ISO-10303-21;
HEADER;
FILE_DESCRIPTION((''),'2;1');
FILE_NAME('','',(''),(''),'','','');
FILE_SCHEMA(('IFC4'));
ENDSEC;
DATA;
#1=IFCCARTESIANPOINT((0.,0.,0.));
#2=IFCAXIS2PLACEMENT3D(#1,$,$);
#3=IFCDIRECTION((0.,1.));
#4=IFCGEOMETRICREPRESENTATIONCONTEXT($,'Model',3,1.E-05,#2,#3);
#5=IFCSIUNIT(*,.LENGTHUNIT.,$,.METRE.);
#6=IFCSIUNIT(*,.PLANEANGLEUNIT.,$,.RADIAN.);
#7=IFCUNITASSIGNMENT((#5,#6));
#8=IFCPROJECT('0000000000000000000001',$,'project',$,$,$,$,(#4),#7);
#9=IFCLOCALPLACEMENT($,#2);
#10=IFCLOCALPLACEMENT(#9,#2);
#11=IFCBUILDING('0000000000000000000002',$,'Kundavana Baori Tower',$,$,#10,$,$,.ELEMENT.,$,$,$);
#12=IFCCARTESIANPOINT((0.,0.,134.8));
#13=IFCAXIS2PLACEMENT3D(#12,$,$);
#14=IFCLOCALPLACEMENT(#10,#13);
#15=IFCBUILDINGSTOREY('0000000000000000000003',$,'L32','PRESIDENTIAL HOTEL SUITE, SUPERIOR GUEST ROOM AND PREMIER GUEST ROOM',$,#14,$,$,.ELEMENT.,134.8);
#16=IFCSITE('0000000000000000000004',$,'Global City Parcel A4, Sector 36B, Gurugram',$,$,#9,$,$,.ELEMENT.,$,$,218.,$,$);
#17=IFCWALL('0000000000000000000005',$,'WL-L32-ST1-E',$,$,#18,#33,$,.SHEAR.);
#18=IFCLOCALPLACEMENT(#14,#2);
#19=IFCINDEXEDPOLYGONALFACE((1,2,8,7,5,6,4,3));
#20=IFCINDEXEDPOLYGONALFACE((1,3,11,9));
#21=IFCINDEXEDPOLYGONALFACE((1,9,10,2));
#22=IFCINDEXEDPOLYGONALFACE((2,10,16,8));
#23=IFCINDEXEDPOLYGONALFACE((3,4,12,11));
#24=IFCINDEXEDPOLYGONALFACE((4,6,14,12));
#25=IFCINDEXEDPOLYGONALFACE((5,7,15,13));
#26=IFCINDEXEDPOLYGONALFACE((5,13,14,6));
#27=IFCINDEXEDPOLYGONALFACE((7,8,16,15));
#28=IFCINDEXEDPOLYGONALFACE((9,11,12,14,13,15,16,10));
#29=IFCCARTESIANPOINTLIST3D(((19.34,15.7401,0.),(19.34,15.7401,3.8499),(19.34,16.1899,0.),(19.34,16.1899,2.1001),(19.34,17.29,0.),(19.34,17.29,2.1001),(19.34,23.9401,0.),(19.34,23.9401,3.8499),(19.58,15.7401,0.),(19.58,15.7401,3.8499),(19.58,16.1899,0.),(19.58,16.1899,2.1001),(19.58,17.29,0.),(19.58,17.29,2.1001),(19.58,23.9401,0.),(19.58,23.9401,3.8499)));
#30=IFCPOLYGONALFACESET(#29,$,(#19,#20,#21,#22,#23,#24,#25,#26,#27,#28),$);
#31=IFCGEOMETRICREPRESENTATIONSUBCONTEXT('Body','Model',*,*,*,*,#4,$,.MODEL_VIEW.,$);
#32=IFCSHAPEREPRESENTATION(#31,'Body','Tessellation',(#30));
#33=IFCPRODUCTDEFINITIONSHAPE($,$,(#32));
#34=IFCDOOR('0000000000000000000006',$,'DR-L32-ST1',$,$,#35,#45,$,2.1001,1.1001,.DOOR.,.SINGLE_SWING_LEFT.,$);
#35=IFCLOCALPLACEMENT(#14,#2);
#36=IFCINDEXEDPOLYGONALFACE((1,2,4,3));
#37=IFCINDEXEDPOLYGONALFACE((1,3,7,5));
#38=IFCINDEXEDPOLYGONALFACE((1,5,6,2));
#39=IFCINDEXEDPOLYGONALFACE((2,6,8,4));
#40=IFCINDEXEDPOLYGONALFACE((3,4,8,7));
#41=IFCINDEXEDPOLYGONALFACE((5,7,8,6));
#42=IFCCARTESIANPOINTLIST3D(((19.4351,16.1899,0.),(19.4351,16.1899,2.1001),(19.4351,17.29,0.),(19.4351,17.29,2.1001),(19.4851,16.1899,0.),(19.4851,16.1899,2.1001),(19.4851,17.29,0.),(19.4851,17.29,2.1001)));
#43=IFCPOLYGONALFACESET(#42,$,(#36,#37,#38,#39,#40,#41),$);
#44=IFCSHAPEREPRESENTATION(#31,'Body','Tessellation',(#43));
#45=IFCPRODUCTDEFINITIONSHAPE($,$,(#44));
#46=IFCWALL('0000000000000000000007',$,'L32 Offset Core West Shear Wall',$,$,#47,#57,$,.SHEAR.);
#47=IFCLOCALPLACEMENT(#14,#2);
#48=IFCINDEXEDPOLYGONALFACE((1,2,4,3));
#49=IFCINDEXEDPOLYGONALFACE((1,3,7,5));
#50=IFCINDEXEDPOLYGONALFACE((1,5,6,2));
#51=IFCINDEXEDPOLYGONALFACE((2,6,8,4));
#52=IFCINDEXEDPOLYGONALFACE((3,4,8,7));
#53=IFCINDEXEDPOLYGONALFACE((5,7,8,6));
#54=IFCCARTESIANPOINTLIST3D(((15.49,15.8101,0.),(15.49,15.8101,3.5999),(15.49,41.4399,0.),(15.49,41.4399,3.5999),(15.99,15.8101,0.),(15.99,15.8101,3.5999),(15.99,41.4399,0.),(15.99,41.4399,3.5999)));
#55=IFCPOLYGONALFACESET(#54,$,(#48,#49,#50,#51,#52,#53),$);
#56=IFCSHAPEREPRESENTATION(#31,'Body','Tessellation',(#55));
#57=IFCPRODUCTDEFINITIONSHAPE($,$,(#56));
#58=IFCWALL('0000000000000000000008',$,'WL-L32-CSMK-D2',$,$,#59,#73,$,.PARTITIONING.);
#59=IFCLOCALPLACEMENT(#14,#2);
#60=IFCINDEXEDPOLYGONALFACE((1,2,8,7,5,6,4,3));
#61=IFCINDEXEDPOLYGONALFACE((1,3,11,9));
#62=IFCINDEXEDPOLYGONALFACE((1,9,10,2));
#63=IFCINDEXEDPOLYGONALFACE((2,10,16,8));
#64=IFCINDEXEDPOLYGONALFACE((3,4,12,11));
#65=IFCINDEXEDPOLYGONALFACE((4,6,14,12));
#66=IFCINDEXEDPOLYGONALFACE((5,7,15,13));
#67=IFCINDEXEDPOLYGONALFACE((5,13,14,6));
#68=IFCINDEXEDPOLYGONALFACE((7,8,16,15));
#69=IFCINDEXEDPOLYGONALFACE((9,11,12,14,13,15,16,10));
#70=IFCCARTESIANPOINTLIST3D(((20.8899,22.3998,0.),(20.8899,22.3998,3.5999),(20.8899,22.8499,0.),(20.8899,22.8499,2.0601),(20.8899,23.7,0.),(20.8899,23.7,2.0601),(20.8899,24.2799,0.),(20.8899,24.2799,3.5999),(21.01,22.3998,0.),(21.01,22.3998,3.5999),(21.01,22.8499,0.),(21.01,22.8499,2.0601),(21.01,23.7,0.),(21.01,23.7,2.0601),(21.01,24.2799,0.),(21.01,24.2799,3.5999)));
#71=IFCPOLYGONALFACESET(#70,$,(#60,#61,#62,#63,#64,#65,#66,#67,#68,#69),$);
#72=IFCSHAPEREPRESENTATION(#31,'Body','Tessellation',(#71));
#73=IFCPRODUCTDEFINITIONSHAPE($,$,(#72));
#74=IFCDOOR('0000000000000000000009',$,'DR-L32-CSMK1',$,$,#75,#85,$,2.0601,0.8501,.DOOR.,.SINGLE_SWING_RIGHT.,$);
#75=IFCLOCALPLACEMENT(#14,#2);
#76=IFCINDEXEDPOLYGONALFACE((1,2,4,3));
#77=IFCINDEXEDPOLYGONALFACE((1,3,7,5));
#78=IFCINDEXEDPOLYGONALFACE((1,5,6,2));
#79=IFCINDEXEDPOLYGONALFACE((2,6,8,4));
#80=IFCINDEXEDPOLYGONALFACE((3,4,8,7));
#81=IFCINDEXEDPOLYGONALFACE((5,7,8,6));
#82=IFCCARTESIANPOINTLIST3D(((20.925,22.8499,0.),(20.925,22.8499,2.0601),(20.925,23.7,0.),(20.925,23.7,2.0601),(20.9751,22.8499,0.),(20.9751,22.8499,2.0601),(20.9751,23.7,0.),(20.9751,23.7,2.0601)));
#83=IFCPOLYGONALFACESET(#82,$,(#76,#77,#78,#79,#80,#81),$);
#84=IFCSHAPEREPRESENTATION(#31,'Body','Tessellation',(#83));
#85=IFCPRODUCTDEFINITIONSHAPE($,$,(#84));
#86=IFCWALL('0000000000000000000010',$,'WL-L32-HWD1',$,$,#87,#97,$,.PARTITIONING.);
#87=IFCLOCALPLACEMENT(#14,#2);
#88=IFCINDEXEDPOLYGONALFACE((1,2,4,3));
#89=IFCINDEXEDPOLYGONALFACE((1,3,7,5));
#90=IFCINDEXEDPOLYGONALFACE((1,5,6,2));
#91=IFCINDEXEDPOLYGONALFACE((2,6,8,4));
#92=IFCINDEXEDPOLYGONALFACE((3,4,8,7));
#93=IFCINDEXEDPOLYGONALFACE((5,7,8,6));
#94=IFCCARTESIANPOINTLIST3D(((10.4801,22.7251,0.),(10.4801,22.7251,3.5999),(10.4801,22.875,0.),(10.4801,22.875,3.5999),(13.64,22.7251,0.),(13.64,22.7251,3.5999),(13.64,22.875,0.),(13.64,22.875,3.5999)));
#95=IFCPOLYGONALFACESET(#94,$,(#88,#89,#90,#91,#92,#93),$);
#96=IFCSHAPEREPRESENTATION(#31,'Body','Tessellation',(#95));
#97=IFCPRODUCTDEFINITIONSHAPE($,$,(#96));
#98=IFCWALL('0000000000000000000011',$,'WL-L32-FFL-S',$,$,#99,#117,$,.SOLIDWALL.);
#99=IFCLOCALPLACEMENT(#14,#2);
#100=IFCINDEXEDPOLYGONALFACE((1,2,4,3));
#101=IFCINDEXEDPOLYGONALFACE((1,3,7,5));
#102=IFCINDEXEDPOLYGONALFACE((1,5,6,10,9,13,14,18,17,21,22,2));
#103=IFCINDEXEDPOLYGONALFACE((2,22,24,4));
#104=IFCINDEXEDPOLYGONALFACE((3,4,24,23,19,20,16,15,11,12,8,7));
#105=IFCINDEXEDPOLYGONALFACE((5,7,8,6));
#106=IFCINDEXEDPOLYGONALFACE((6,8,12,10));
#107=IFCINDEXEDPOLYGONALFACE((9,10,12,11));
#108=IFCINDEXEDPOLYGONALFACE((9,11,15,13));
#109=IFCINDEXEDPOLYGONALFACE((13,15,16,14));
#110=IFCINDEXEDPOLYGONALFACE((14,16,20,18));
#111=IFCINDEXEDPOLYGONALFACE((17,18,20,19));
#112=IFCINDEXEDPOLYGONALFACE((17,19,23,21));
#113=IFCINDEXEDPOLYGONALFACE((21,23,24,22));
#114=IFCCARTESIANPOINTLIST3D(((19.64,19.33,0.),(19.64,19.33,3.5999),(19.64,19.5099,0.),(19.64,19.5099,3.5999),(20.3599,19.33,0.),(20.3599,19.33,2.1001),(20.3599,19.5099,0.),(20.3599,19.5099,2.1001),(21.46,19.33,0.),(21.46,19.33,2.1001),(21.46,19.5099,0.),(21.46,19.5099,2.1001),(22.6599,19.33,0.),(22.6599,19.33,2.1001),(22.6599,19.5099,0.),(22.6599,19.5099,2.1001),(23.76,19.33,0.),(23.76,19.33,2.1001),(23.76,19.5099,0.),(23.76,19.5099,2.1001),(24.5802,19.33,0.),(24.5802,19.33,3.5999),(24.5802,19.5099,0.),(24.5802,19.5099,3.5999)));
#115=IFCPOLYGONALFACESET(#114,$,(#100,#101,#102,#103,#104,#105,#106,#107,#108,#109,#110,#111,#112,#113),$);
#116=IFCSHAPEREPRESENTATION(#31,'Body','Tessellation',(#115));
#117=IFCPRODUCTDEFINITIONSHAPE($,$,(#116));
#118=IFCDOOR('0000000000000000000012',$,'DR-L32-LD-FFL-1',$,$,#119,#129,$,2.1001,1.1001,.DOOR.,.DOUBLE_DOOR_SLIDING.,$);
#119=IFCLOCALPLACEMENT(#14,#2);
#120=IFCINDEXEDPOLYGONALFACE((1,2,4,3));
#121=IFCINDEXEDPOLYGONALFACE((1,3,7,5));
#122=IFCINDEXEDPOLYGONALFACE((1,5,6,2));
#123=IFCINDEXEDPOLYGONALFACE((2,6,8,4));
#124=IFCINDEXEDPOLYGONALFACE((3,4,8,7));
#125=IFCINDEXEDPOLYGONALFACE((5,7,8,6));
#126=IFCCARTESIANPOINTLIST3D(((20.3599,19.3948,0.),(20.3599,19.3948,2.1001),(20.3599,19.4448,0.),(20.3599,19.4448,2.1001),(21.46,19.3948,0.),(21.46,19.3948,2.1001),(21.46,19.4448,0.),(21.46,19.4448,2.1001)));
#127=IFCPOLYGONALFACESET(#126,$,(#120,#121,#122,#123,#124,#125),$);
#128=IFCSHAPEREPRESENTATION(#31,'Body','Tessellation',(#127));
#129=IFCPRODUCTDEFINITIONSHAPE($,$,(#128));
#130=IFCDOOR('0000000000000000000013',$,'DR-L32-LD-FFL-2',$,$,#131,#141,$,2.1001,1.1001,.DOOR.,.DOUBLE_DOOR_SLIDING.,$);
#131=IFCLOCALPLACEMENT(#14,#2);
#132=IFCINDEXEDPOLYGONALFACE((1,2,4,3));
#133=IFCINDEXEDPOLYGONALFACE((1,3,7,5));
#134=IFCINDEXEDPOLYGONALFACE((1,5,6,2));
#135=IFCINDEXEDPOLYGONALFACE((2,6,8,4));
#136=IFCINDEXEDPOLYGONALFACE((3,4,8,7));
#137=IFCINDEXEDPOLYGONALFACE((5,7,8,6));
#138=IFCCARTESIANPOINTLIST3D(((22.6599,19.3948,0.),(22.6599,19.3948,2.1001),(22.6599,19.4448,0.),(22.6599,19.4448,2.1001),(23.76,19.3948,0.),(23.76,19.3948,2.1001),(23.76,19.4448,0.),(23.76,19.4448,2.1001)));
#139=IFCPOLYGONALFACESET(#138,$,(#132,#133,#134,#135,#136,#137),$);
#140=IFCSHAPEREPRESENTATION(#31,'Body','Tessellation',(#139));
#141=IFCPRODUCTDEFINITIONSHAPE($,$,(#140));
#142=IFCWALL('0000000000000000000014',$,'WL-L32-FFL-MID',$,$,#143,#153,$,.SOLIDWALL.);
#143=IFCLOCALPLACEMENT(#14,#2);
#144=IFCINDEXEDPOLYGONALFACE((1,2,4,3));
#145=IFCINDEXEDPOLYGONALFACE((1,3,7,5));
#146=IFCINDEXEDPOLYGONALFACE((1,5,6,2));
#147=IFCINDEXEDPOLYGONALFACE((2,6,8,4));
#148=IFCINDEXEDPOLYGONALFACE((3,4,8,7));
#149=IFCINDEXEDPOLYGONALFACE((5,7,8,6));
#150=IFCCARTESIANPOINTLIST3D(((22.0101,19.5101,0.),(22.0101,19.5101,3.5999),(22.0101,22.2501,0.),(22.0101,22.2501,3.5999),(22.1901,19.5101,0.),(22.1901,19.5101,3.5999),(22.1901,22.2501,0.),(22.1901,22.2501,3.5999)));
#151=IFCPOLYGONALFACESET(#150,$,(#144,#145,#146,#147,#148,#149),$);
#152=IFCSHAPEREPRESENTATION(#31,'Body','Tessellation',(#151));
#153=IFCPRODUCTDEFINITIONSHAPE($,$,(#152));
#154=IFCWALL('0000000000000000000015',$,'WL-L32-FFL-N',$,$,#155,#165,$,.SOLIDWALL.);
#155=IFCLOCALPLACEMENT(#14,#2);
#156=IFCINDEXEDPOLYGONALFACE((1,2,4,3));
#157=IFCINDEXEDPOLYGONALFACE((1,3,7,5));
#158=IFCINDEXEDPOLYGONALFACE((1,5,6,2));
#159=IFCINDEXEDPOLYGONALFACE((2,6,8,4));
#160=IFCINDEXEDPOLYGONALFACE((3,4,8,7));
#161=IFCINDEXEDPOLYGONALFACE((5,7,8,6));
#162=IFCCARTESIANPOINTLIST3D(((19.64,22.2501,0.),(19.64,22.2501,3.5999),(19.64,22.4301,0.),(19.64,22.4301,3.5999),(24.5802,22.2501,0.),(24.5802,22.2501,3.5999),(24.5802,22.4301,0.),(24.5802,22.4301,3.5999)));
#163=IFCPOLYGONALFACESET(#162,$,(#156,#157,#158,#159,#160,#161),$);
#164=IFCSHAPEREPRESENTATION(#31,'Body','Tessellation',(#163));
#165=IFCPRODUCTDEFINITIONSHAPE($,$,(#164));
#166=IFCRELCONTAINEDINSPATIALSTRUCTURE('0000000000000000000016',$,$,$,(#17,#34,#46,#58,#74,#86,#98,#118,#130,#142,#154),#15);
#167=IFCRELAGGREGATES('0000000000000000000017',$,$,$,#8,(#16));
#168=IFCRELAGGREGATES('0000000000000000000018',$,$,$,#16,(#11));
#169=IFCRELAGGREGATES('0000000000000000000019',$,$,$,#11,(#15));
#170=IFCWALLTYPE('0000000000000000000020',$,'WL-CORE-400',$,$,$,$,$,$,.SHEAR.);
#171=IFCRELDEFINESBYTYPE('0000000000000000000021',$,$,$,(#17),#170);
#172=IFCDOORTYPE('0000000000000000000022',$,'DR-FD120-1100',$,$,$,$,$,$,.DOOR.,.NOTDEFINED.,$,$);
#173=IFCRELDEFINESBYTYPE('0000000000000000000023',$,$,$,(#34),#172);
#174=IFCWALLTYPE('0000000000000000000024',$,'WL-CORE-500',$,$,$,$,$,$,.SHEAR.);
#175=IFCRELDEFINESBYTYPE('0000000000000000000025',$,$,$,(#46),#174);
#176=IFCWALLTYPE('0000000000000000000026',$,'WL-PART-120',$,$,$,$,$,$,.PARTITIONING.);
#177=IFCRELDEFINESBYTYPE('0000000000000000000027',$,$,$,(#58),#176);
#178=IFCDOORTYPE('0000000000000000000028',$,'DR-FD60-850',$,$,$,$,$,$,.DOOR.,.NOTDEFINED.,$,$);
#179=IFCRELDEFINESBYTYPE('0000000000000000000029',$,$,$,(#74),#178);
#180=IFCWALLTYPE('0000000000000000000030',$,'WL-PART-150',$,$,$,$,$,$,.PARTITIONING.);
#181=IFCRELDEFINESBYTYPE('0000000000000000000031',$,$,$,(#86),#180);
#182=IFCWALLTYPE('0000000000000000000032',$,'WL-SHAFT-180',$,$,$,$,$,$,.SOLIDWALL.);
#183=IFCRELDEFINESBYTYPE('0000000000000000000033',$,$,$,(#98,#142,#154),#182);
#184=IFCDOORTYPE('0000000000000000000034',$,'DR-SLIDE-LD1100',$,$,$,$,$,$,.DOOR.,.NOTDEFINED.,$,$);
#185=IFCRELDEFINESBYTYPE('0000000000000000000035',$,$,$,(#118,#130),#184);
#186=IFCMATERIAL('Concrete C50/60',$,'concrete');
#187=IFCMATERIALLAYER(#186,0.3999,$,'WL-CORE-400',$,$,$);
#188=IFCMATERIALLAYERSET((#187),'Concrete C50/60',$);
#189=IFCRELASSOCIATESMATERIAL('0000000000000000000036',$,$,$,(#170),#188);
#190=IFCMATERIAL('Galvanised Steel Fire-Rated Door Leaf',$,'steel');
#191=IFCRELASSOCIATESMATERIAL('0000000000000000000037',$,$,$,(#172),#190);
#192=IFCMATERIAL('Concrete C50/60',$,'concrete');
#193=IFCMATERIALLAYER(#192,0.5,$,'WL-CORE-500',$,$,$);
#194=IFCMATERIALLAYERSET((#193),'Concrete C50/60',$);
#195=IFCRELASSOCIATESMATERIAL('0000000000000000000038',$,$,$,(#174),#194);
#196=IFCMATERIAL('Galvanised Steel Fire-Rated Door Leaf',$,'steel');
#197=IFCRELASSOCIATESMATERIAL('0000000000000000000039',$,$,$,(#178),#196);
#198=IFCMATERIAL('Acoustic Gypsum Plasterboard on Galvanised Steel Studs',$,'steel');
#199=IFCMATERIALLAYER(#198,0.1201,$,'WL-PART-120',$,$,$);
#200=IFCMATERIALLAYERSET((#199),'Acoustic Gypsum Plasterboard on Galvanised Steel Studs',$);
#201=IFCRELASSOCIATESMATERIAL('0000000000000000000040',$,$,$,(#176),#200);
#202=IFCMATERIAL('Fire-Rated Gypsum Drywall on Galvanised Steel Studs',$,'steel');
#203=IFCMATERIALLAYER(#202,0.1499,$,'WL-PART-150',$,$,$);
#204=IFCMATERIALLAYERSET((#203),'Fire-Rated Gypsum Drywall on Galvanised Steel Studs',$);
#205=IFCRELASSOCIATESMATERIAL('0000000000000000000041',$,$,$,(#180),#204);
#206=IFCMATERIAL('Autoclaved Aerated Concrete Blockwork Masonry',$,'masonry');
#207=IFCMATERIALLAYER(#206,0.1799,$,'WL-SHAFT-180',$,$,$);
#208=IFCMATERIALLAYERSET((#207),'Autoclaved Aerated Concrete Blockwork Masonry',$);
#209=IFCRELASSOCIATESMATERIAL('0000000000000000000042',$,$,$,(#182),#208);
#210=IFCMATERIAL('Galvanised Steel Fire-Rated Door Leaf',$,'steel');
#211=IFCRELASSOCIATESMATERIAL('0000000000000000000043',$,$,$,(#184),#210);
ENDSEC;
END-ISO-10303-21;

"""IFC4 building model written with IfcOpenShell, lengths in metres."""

from ifc_helpers import new_model, si_unit, direction, frame, frame_2d, origin, place, context, subcontext, project, spatial, rectangle, extrude, material, layer, layer_set, type_object, element, fill, save


model = new_model("IFC4")

# Units and contexts
model_context = context("Model", 3, precision=1e-05, world=origin(), true_north=direction((0.0, 1.0)))
body_context = subcontext(model_context, "Body", "Model", "MODEL_VIEW")
ifc_project = project(units=[si_unit("LENGTHUNIT", "METRE"), si_unit("PLANEANGLEUNIT", "RADIAN")], contexts=[model_context])

# Site, building, storey
site_placement = place(None, origin())
site = spatial("IfcSite", under=ifc_project, at=site_placement, Name="Global City Parcel A4, Sector 36B, Gurugram", CompositionType="ELEMENT", RefElevation=218.0)
building_placement = place(site_placement, origin())
building = spatial("IfcBuilding", under=site, at=building_placement, Name="Kundavana Baori Tower", CompositionType="ELEMENT")
storey_placement = place(building_placement, frame((0.0, 0.0, 134.8)))
storey = spatial("IfcBuildingStorey", under=building, at=storey_placement, Name="L32", Description="PRESIDENTIAL HOTEL SUITE, SUPERIOR GUEST ROOM AND PREMIER GUEST ROOM", CompositionType="ELEMENT", Elevation=134.8)

# Wall, opening, door
ifc_material_1 = material(Name="Concrete C50/60", Category="concrete")
ifc_layer_1 = layer(ifc_material_1, 0.3999, Name="WL-CORE-400")
ifc_layer_set_1 = layer_set([ifc_layer_1], Name="Concrete C50/60")
wall_type_1 = type_object("IfcWallType", Name="WL-CORE-400", PredefinedType="SHEAR", material=ifc_layer_set_1)
wall_1_placement = place(storey_placement, frame((19.46, 15.74, 0.0), z_axis=(0.0, 0.0, 1.0), x_axis=(0.0, 1.0, 0.0)))
wall_1 = element("IfcWall", 1, at=wall_1_placement, inside=storey, type_object=wall_type_1, Name="WL-L32-ST1-E", PredefinedType="SHEAR", context=body_context, shape_type="SweptSolid", body=[
    extrude(rectangle(XDim=8.2, YDim=0.24, at=frame_2d((4.1001, 0.0))), origin(), (0.0, 0.0, 1.0), 3.8499),
])
opening_1_placement = place(wall_1_placement, frame((0.45, 0.0, 0.0)))
opening_1 = element("IfcOpeningElement", 2, at=opening_1_placement, cuts=wall_1, PredefinedType="OPENING", context=body_context, shape_type="SweptSolid", body=[
    extrude(rectangle(XDim=1.1001, YDim=2.1001, at=frame_2d((0.55, 1.05))), frame((0.0, 0.1299, 0.0), z_axis=(0.0, -1.0, 0.0), x_axis=(1.0, 0.0, 0.0)), (0.0, 0.0, 1.0), 0.26),
])
ifc_material_2 = material(Name="Galvanised Steel Fire-Rated Door Leaf", Category="steel")
door_type_1 = type_object("IfcDoorType", Name="DR-FD120-1100", OperationType="NOTDEFINED", PredefinedType="DOOR", material=ifc_material_2)
door_1_placement = place(opening_1_placement, origin())
door_1 = element("IfcDoor", 3, at=door_1_placement, inside=storey, type_object=door_type_1, Name="DR-L32-ST1", OperationType="SINGLE_SWING_LEFT", OverallHeight=2.1001, OverallWidth=1.1001, PredefinedType="DOOR", context=body_context, shape_type="SweptSolid", body=[
    extrude(rectangle(XDim=1.1001, YDim=2.1001, at=frame_2d((0.55, 1.05))), frame((0.0, 0.0249, 0.0), z_axis=(0.0, -1.0, 0.0), x_axis=(1.0, 0.0, 0.0)), (0.0, 0.0, 1.0), 0.05),
])
fill(opening_1, door_1)

# Wall
ifc_material_3 = material(Name="Concrete C50/60", Category="concrete")
ifc_layer_2 = layer(ifc_material_3, 0.5, Name="WL-CORE-500")
ifc_layer_set_2 = layer_set([ifc_layer_2], Name="Concrete C50/60")
wall_type_2 = type_object("IfcWallType", Name="WL-CORE-500", PredefinedType="SHEAR", material=ifc_layer_set_2)
wall_2_placement = place(storey_placement, frame((15.74, 15.8101, 0.0), z_axis=(0.0, 0.0, 1.0), x_axis=(0.0, 1.0, 0.0)))
element("IfcWall", 4, at=wall_2_placement, inside=storey, type_object=wall_type_2, Name="L32 Offset Core West Shear Wall", PredefinedType="SHEAR", context=body_context, shape_type="SweptSolid", body=[
    extrude(rectangle(XDim=25.6299, YDim=0.5, at=frame_2d((12.8149, 0.0))), origin(), (0.0, 0.0, 1.0), 3.5999),
])

# Shared definitions
ifc_material_4 = material(Name="Galvanised Steel Fire-Rated Door Leaf", Category="steel")
door_type_2 = type_object("IfcDoorType", Name="DR-FD60-850", OperationType="NOTDEFINED", PredefinedType="DOOR", material=ifc_material_4)

# Wall, opening, door
ifc_material_5 = material(Name="Acoustic Gypsum Plasterboard on Galvanised Steel Studs", Category="steel")
ifc_layer_3 = layer(ifc_material_5, 0.1201, Name="WL-PART-120")
ifc_layer_set_3 = layer_set([ifc_layer_3], Name="Acoustic Gypsum Plasterboard on Galvanised Steel Studs")
wall_type_3 = type_object("IfcWallType", Name="WL-PART-120", PredefinedType="PARTITIONING", material=ifc_layer_set_3)
wall_3_placement = place(storey_placement, frame((20.95, 22.3999, 0.0), z_axis=(0.0, 0.0, 1.0), x_axis=(0.0, 1.0, 0.0)))
wall_3 = element("IfcWall", 5, at=wall_3_placement, inside=storey, type_object=wall_type_3, Name="WL-L32-CSMK-D2", PredefinedType="PARTITIONING", context=body_context, shape_type="SweptSolid", body=[
    extrude(rectangle(XDim=1.8801, YDim=0.1201, at=frame_2d((0.9399, 0.0))), origin(), (0.0, 0.0, 1.0), 3.5999),
])
opening_2_placement = place(wall_3_placement, frame((0.45, 0.0, 0.0)))
opening_2 = element("IfcOpeningElement", 6, at=opening_2_placement, cuts=wall_3, PredefinedType="OPENING", context=body_context, shape_type="SweptSolid", body=[
    extrude(rectangle(XDim=0.8501, YDim=2.0601, at=frame_2d((0.425, 1.03))), frame((0.0, 0.0701, 0.0), z_axis=(0.0, -1.0, 0.0), x_axis=(1.0, 0.0, 0.0)), (0.0, 0.0, 1.0), 0.1401),
])
door_2_placement = place(opening_2_placement, origin())
door_2 = element("IfcDoor", 7, at=door_2_placement, inside=storey, type_object=door_type_2, Name="DR-L32-CSMK1", OperationType="SINGLE_SWING_RIGHT", OverallHeight=2.0601, OverallWidth=0.8501, PredefinedType="DOOR", context=body_context, shape_type="SweptSolid", body=[
    extrude(rectangle(XDim=0.8501, YDim=2.0601, at=frame_2d((0.425, 1.03))), frame((0.0, 0.0249, 0.0), z_axis=(0.0, -1.0, 0.0), x_axis=(1.0, 0.0, 0.0)), (0.0, 0.0, 1.0), 0.05),
])
fill(opening_2, door_2)

# Wall
ifc_material_6 = material(Name="Fire-Rated Gypsum Drywall on Galvanised Steel Studs", Category="steel")
ifc_layer_4 = layer(ifc_material_6, 0.1499, Name="WL-PART-150")
ifc_layer_set_4 = layer_set([ifc_layer_4], Name="Fire-Rated Gypsum Drywall on Galvanised Steel Studs")
wall_type_4 = type_object("IfcWallType", Name="WL-PART-150", PredefinedType="PARTITIONING", material=ifc_layer_set_4)
wall_4_placement = place(storey_placement, frame((10.48, 22.8, 0.0), z_axis=(0.0, 0.0, 1.0), x_axis=(1.0, 0.0, 0.0)))
element("IfcWall", 8, at=wall_4_placement, inside=storey, type_object=wall_type_4, Name="WL-L32-HWD1", PredefinedType="PARTITIONING", context=body_context, shape_type="SweptSolid", body=[
    extrude(rectangle(XDim=3.1599, YDim=0.1499, at=frame_2d((1.5801, 0.0))), origin(), (0.0, 0.0, 1.0), 3.5999),
])

# Wall, openings, doors
ifc_material_7 = material(Name="Autoclaved Aerated Concrete Blockwork Masonry", Category="masonry")
ifc_layer_5 = layer(ifc_material_7, 0.1799, Name="WL-SHAFT-180")
ifc_layer_set_5 = layer_set([ifc_layer_5], Name="Autoclaved Aerated Concrete Blockwork Masonry")
wall_type_5 = type_object("IfcWallType", Name="WL-SHAFT-180", PredefinedType="SOLIDWALL", material=ifc_layer_set_5)
wall_5_placement = place(storey_placement, frame((19.6399, 19.4199, 0.0), z_axis=(0.0, 0.0, 1.0), x_axis=(1.0, 0.0, 0.0)))
wall_5 = element("IfcWall", 9, at=wall_5_placement, inside=storey, type_object=wall_type_5, Name="WL-L32-FFL-S", PredefinedType="SOLIDWALL", context=body_context, shape_type="SweptSolid", body=[
    extrude(rectangle(XDim=4.9402, YDim=0.1799, at=frame_2d((2.4702, 0.0))), origin(), (0.0, 0.0, 1.0), 3.5999),
])
opening_3_placement = place(wall_5_placement, frame((0.72, 0.0, 0.0)))
opening_3 = element("IfcOpeningElement", 10, at=opening_3_placement, cuts=wall_5, PredefinedType="OPENING", context=body_context, shape_type="SweptSolid", body=[
    extrude(rectangle(XDim=1.1001, YDim=2.1001, at=frame_2d((0.55, 1.05))), frame((0.0, 0.1001, 0.0), z_axis=(0.0, -1.0, 0.0), x_axis=(1.0, 0.0, 0.0)), (0.0, 0.0, 1.0), 0.2),
])
opening_4_placement = place(wall_5_placement, frame((3.02, 0.0, 0.0)))
opening_4 = element("IfcOpeningElement", 11, at=opening_4_placement, cuts=wall_5, PredefinedType="OPENING", context=body_context, shape_type="SweptSolid", body=[
    extrude(rectangle(XDim=1.1001, YDim=2.1001, at=frame_2d((0.55, 1.05))), frame((0.0, 0.1001, 0.0), z_axis=(0.0, -1.0, 0.0), x_axis=(1.0, 0.0, 0.0)), (0.0, 0.0, 1.0), 0.2),
])
ifc_material_8 = material(Name="Galvanised Steel Fire-Rated Door Leaf", Category="steel")
door_type_3 = type_object("IfcDoorType", Name="DR-SLIDE-LD1100", OperationType="NOTDEFINED", PredefinedType="DOOR", material=ifc_material_8)
door_3_placement = place(opening_3_placement, origin())
door_3 = element("IfcDoor", 12, at=door_3_placement, inside=storey, type_object=door_type_3, Name="DR-L32-LD-FFL-1", OperationType="DOUBLE_DOOR_SLIDING", OverallHeight=2.1001, OverallWidth=1.1001, PredefinedType="DOOR", context=body_context, shape_type="SweptSolid", body=[
    extrude(rectangle(XDim=1.1001, YDim=2.1001, at=frame_2d((0.55, 1.05))), frame((0.0, 0.0249, 0.0), z_axis=(0.0, -1.0, 0.0), x_axis=(1.0, 0.0, 0.0)), (0.0, 0.0, 1.0), 0.05),
])
fill(opening_3, door_3)
door_4_placement = place(opening_4_placement, origin())
door_4 = element("IfcDoor", 13, at=door_4_placement, inside=storey, type_object=door_type_3, Name="DR-L32-LD-FFL-2", OperationType="DOUBLE_DOOR_SLIDING", OverallHeight=2.1001, OverallWidth=1.1001, PredefinedType="DOOR", context=body_context, shape_type="SweptSolid", body=[
    extrude(rectangle(XDim=1.1001, YDim=2.1001, at=frame_2d((0.55, 1.05))), frame((0.0, 0.0249, 0.0), z_axis=(0.0, -1.0, 0.0), x_axis=(1.0, 0.0, 0.0)), (0.0, 0.0, 1.0), 0.05),
])
fill(opening_4, door_4)

# Walls
wall_6_placement = place(storey_placement, frame((22.1001, 19.51, 0.0), z_axis=(0.0, 0.0, 1.0), x_axis=(0.0, 1.0, 0.0)))
element("IfcWall", 14, at=wall_6_placement, inside=storey, type_object=wall_type_5, Name="WL-L32-FFL-MID", PredefinedType="SOLIDWALL", context=body_context, shape_type="SweptSolid", body=[
    extrude(rectangle(XDim=2.74, YDim=0.1799, at=frame_2d((1.3701, 0.0))), origin(), (0.0, 0.0, 1.0), 3.5999),
])
wall_7_placement = place(storey_placement, frame((19.6399, 22.3401, 0.0), z_axis=(0.0, 0.0, 1.0), x_axis=(1.0, 0.0, 0.0)))
element("IfcWall", 15, at=wall_7_placement, inside=storey, type_object=wall_type_5, Name="WL-L32-FFL-N", PredefinedType="SOLIDWALL", context=body_context, shape_type="SweptSolid", body=[
    extrude(rectangle(XDim=4.9402, YDim=0.1799, at=frame_2d((2.4702, 0.0))), origin(), (0.0, 0.0, 1.0), 3.5999),
])

save(model, "model.ifc")
